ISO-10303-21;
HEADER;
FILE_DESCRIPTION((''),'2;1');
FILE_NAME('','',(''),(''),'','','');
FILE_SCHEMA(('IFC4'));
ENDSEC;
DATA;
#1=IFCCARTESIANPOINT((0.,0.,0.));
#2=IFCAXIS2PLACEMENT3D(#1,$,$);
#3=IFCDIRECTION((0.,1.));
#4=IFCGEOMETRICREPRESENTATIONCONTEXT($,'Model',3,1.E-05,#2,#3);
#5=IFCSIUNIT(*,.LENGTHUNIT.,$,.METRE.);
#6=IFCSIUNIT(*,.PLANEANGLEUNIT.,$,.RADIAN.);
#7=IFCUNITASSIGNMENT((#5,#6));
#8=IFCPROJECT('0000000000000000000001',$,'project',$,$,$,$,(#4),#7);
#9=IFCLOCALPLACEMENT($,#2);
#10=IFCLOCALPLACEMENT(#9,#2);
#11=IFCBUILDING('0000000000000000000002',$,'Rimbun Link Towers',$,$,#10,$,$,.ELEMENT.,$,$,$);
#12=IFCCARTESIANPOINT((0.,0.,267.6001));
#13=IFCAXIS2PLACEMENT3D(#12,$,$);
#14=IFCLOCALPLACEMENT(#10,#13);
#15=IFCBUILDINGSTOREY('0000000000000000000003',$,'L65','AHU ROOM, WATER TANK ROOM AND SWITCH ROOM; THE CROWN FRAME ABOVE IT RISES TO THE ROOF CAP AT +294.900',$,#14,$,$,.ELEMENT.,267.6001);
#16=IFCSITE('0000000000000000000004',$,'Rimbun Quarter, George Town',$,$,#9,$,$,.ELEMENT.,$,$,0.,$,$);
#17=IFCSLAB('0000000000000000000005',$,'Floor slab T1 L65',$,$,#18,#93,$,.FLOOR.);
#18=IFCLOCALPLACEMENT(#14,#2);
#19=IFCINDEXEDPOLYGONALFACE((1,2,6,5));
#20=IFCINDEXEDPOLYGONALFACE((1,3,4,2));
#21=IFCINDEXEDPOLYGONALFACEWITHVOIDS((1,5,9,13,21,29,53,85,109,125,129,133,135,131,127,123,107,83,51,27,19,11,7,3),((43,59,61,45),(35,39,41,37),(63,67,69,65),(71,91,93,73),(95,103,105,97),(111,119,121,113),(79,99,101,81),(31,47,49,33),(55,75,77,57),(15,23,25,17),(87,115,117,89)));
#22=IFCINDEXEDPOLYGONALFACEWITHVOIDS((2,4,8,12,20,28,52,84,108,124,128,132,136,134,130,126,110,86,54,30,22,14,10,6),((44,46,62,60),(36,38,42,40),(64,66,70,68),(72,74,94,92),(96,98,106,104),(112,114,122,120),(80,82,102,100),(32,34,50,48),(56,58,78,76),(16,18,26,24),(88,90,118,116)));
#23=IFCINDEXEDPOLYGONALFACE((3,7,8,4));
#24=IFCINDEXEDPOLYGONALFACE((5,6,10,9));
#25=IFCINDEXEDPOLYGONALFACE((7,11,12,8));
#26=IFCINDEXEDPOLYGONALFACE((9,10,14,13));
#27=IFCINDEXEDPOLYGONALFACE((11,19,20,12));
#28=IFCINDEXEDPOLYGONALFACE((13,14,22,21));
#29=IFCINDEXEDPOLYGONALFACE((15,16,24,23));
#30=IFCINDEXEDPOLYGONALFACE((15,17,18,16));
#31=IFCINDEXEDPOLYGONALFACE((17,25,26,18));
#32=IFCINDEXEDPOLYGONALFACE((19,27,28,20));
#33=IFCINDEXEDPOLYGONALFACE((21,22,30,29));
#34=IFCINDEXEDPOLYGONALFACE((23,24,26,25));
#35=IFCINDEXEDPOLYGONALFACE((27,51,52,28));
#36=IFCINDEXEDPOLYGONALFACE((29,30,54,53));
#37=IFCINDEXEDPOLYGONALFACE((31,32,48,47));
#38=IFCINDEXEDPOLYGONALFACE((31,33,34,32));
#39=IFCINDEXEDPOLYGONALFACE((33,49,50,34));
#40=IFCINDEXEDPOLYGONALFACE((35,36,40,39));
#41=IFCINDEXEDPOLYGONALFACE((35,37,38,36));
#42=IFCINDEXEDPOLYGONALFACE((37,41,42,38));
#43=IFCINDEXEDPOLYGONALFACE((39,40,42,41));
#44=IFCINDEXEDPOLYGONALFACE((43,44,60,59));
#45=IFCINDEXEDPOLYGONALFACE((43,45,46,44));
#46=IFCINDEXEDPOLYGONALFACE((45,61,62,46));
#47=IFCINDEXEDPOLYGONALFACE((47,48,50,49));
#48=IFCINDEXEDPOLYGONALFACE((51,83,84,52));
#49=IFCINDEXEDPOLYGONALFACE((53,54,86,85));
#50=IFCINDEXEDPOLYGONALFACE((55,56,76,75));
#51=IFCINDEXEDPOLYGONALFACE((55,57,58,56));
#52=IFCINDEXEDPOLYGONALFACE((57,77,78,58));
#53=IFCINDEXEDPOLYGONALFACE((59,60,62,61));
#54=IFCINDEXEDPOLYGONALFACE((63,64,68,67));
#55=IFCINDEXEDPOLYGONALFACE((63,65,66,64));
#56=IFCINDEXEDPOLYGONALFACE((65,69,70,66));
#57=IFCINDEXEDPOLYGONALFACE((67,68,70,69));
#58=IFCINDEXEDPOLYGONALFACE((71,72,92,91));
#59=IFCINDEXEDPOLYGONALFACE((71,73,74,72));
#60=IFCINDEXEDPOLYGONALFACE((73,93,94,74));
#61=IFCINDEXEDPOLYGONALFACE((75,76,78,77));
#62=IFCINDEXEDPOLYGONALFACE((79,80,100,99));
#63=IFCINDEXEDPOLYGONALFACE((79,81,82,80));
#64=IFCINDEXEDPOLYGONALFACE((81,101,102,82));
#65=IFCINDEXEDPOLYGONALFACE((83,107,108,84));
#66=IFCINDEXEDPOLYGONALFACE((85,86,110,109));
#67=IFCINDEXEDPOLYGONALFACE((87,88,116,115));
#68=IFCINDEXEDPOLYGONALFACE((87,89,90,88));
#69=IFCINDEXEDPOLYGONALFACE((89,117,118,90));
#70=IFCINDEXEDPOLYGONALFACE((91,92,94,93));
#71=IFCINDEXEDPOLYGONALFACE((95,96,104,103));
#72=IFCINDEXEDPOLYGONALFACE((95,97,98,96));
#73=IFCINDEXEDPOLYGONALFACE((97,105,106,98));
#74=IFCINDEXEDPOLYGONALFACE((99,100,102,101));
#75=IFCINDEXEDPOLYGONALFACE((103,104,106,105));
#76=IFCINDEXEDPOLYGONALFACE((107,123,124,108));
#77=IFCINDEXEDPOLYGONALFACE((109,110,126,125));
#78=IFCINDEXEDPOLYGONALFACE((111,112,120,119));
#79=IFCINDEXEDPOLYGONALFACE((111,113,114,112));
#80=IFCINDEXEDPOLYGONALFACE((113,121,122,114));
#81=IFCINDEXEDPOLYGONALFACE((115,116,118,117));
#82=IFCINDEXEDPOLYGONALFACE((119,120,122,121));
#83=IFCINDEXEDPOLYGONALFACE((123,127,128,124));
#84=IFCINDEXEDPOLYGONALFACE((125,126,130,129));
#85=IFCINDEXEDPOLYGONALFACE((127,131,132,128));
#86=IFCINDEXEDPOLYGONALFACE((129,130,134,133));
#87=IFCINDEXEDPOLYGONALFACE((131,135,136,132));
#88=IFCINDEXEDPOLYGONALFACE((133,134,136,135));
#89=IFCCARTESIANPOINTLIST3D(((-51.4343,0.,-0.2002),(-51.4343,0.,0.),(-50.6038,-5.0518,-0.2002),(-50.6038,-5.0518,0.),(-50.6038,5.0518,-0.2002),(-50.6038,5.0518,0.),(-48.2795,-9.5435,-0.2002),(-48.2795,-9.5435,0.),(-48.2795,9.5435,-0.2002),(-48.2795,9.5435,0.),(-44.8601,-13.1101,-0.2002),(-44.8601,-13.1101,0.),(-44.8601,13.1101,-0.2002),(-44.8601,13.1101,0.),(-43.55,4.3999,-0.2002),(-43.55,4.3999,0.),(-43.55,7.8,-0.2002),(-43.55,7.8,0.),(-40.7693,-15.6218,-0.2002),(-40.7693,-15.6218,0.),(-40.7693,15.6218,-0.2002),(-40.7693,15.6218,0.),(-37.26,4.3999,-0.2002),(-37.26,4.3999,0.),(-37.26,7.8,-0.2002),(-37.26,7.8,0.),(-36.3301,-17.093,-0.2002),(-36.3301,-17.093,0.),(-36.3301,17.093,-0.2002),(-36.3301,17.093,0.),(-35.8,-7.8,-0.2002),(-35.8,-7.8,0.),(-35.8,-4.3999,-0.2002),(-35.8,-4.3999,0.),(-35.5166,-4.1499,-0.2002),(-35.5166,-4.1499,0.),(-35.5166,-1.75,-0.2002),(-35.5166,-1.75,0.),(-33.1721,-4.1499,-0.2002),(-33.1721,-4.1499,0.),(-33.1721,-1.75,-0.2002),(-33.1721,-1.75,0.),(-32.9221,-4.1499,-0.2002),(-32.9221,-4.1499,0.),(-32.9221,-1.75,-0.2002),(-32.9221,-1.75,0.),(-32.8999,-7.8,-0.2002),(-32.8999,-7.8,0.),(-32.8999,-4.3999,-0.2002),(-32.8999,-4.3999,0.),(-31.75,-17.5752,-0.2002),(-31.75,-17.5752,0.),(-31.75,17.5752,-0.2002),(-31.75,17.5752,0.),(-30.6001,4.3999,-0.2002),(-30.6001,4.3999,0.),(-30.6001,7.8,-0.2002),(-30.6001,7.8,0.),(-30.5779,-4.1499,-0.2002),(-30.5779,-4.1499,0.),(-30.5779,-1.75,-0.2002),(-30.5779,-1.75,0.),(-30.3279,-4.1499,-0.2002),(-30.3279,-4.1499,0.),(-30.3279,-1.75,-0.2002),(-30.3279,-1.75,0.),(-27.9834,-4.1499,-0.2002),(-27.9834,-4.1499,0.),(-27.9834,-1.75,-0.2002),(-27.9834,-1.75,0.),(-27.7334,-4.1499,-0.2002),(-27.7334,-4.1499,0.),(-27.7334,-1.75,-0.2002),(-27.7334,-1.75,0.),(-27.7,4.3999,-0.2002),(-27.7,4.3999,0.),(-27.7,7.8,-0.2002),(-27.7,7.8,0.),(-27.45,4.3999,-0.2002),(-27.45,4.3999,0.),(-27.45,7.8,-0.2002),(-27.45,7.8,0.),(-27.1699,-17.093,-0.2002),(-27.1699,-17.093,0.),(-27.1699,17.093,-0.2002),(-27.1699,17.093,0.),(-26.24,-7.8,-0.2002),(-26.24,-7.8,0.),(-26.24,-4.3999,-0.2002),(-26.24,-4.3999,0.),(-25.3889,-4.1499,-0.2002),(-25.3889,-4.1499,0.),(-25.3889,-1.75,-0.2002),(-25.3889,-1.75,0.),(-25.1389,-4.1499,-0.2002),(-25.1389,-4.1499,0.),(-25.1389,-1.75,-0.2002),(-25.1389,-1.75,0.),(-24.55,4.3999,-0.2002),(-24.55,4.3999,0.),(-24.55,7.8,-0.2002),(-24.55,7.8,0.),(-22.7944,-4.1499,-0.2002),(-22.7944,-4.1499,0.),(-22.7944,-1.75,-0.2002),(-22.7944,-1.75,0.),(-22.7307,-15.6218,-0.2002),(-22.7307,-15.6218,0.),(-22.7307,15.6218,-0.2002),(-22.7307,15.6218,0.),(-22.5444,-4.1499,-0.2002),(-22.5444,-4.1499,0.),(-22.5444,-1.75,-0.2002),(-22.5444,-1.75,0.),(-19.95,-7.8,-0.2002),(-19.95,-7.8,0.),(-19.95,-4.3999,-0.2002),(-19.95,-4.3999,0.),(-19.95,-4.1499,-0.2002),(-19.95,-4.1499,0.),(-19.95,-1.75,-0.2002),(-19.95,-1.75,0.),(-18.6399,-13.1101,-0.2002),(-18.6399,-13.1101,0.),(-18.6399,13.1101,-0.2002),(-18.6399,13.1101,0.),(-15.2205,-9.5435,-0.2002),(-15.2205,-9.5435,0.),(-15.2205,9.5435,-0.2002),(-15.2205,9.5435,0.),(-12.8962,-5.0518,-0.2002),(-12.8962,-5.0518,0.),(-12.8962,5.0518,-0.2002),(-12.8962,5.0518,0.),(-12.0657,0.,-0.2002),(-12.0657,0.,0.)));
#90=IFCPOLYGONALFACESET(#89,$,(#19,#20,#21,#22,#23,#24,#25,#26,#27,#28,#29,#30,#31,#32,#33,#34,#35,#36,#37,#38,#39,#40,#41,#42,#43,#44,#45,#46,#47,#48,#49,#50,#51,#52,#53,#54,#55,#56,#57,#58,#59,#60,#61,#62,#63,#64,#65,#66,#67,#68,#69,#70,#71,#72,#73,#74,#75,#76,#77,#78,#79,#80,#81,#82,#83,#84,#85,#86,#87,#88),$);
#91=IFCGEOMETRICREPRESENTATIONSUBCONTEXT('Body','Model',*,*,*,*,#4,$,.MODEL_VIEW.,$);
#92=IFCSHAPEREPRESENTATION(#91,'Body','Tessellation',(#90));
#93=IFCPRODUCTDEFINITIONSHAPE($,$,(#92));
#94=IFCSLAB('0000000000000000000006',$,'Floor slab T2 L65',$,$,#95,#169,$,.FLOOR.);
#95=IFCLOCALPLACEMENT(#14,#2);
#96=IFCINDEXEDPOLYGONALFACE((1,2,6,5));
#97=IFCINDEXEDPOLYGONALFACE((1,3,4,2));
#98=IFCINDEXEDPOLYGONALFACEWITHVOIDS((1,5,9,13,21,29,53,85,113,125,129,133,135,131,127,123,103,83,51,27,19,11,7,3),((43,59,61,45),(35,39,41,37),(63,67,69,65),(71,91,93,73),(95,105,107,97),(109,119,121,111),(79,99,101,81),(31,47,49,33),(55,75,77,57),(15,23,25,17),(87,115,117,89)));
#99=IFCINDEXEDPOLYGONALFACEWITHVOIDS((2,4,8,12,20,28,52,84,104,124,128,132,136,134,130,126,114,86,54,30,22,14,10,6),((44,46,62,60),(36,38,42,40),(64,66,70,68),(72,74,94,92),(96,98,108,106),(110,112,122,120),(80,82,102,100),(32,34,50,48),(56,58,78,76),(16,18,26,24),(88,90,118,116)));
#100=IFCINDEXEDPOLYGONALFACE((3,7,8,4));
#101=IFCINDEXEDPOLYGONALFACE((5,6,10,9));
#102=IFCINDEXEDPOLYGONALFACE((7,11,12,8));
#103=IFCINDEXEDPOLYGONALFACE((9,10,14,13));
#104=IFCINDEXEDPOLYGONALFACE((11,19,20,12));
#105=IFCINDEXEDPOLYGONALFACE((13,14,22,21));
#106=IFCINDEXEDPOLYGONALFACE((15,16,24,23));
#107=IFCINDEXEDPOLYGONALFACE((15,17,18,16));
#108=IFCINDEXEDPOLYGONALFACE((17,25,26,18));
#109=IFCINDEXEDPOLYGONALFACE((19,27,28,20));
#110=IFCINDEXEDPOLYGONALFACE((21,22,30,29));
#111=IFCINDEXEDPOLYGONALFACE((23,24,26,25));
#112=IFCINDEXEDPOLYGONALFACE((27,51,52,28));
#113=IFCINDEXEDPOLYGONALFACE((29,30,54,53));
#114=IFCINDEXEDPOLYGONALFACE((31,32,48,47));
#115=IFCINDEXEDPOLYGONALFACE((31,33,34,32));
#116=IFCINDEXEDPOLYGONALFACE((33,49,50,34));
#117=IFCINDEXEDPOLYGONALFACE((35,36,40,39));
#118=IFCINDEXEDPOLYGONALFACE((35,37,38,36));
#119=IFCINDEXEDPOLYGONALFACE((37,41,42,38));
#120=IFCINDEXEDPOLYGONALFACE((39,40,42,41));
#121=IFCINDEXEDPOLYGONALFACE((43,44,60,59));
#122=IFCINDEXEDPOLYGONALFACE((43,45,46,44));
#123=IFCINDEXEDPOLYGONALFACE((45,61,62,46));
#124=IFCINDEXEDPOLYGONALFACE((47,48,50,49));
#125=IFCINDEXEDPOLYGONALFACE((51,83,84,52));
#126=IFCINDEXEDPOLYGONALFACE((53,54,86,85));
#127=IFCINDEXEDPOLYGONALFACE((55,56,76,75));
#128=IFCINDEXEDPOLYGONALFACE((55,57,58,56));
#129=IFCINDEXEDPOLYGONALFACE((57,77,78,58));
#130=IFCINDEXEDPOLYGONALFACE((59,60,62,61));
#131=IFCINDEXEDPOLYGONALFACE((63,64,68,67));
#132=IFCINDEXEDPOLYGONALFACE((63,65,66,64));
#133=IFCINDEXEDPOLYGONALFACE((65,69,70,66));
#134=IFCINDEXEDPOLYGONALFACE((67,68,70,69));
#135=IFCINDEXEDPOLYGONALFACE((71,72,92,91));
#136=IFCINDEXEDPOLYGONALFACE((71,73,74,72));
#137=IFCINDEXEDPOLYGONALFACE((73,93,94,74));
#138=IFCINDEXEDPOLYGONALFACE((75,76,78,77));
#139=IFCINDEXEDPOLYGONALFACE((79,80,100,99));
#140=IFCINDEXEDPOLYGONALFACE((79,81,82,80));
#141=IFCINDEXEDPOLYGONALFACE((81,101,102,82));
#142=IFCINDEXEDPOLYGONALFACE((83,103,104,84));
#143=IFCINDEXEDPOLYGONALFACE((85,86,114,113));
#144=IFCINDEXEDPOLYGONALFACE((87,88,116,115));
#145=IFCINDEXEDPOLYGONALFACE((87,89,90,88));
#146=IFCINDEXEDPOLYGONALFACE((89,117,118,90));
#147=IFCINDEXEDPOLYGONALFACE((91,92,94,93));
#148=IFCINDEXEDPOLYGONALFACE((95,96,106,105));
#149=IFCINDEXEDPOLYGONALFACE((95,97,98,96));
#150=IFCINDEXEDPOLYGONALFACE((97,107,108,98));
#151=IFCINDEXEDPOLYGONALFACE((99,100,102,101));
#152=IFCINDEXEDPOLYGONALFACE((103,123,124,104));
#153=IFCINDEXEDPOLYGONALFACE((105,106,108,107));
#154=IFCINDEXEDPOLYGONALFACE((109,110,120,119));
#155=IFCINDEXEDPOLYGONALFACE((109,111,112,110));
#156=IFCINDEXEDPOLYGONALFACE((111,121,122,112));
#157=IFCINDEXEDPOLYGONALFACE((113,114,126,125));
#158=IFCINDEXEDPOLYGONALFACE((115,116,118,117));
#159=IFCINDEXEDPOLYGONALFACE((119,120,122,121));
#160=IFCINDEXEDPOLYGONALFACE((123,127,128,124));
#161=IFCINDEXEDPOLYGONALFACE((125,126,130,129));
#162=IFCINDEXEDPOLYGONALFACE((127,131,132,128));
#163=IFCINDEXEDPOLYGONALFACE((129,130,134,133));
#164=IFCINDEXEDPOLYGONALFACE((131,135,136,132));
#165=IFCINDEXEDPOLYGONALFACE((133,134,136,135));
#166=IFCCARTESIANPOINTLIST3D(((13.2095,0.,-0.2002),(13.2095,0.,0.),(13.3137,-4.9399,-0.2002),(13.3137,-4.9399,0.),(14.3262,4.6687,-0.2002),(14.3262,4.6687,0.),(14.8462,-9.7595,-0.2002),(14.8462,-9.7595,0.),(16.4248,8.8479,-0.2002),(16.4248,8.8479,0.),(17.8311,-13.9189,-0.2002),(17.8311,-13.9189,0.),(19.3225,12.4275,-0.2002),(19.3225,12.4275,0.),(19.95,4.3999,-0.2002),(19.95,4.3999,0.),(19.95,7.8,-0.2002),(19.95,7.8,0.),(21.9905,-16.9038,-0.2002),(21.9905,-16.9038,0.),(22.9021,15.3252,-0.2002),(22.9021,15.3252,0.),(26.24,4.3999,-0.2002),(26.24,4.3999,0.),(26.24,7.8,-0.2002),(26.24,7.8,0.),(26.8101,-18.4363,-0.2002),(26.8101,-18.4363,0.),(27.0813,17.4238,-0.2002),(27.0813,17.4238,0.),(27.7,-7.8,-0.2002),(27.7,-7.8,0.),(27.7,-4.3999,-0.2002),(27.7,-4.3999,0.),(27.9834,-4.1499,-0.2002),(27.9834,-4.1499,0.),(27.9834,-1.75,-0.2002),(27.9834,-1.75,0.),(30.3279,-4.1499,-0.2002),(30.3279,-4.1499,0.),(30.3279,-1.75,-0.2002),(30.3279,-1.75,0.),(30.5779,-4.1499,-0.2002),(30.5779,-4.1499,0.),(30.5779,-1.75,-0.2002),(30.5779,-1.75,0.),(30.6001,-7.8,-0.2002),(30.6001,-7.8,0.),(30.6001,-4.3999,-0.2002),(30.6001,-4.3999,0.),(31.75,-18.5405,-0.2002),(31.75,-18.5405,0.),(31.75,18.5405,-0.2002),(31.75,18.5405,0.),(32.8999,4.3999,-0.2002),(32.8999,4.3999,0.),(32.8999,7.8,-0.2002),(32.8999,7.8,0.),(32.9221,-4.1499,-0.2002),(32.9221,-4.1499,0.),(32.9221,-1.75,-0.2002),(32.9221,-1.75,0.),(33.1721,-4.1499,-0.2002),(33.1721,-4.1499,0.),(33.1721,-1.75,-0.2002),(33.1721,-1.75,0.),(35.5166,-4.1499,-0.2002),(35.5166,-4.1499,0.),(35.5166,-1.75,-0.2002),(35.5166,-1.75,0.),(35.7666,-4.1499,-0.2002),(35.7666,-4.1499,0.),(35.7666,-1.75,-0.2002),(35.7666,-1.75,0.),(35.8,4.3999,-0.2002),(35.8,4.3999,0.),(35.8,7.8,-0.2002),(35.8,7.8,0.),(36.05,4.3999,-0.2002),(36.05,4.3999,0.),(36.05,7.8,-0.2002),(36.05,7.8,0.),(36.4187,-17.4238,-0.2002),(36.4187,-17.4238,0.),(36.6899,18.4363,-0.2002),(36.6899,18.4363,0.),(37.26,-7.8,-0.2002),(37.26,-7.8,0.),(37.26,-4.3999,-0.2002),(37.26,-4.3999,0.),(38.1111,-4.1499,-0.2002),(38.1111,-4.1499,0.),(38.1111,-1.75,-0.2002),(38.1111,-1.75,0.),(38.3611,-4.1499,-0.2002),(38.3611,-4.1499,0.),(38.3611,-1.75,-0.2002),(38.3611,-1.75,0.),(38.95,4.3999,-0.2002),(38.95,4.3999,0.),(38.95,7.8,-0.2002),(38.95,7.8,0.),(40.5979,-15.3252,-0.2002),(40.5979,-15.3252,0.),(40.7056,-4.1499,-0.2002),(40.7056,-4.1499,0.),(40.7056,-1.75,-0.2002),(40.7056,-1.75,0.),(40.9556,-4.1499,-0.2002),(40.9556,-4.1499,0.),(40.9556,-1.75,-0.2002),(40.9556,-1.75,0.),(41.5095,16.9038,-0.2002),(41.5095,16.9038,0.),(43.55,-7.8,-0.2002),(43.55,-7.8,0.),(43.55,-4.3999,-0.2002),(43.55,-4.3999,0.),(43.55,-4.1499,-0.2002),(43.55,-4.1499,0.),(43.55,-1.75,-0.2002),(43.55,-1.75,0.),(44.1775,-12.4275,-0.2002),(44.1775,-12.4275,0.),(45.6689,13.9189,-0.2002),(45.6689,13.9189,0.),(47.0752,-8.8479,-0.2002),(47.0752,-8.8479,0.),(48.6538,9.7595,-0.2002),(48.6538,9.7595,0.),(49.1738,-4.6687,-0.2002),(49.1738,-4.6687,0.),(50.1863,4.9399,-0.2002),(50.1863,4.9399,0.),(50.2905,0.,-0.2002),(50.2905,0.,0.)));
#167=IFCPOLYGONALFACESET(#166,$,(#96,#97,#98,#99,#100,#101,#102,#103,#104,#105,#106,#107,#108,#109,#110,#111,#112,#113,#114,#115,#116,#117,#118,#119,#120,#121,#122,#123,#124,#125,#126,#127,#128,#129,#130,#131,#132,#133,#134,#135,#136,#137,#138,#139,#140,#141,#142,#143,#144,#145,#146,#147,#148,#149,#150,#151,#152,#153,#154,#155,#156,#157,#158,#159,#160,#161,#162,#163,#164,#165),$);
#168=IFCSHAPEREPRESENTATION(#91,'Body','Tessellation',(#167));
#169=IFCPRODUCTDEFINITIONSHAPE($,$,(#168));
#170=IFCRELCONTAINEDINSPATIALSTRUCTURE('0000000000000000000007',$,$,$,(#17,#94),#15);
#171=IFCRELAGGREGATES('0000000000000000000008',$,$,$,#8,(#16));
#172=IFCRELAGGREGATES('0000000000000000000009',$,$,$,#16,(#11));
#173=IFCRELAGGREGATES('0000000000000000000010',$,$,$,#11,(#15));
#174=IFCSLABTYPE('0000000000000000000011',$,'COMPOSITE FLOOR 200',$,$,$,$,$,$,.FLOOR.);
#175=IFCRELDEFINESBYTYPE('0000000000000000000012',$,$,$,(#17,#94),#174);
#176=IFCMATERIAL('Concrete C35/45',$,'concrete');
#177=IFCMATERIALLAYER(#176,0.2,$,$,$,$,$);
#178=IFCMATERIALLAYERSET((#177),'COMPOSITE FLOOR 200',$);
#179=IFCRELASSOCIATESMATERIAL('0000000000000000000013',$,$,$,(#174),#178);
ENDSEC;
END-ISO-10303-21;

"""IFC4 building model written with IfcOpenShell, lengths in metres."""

from ifc_helpers import new_model, si_unit, direction, frame, origin, place, context, subcontext, project, spatial, polyline, outline, extrude, material, layer, layer_set, type_object, element, save


model = new_model("IFC4")

# Units and contexts
model_context = context("Model", 3, precision=1e-05, world=origin(), true_north=direction((0.0, 1.0)))
body_context = subcontext(model_context, "Body", "Model", "MODEL_VIEW")
ifc_project = project(units=[si_unit("LENGTHUNIT", "METRE"), si_unit("PLANEANGLEUNIT", "RADIAN")], contexts=[model_context])

# Site, building, storey
site_placement = place(None, origin())
site = spatial("IfcSite", under=ifc_project, at=site_placement, Name="Rimbun Quarter, George Town", CompositionType="ELEMENT", RefElevation=0.0)
building_placement = place(site_placement, origin())
building = spatial("IfcBuilding", under=site, at=building_placement, Name="Rimbun Link Towers", CompositionType="ELEMENT")
storey_placement = place(building_placement, frame((0.0, 0.0, 267.6001)))
storey = spatial("IfcBuildingStorey", under=building, at=storey_placement, Name="L65", Description="AHU ROOM, WATER TANK ROOM AND SWITCH ROOM; THE CROWN FRAME ABOVE IT RISES TO THE ROOF CAP AT +294.900", CompositionType="ELEMENT", Elevation=267.6001)

# Slabs
ifc_material_1 = material(Name="Concrete C35/45", Category="concrete")
ifc_layer_1 = layer(ifc_material_1, 0.2)
ifc_layer_set_1 = layer_set([ifc_layer_1], Name="COMPOSITE FLOOR 200")
slab_type = type_object("IfcSlabType", Name="COMPOSITE FLOOR 200", PredefinedType="FLOOR", material=ifc_layer_set_1)
slab_1_placement = place(storey_placement, frame((0.0, 0.0, -0.2002)))
element("IfcSlab", 1, at=slab_1_placement, inside=storey, type_object=slab_type, Name="Floor slab T1 L65", PredefinedType="FLOOR", context=body_context, shape_type="SweptSolid", body=[
    extrude(outline(polyline([(-12.8962, -5.0518), (-15.2205, -9.5435), (-18.6399, -13.1101), (-22.7307, -15.6218), (-27.1699, -17.093), (-31.75, -17.5752), (-36.3301, -17.093), (-40.7693, -15.6218), (-44.8601, -13.1101), (-48.2795, -9.5435), (-50.6038, -5.0518), (-51.4343, 0.0), (-50.6038, 5.0518), (-48.2795, 9.5435), (-44.8601, 13.1101), (-40.7693, 15.6218), (-36.3301, 17.093), (-31.75, 17.5752), (-27.1699, 17.093), (-22.7307, 15.6218), (-18.6399, 13.1101), (-15.2205, 9.5435), (-12.8962, 5.0518), (-12.0657, 0.0), (-12.8962, -5.0518)]), holes=[polyline([(-32.8999, -4.3999), (-35.8, -4.3999), (-35.8, -7.8), (-32.8999, -7.8), (-32.8999, -4.3999)]), polyline([(-33.1721, -1.75), (-35.5166, -1.75), (-35.5166, -4.1499), (-33.1721, -4.1499), (-33.1721, -1.75)]), polyline([(-30.5779, -1.75), (-32.9221, -1.75), (-32.9221, -4.1499), (-30.5779, -4.1499), (-30.5779, -1.75)]), polyline([(-27.9834, -4.1499), (-27.9834, -1.75), (-30.3279, -1.75), (-30.3279, -4.1499), (-27.9834, -4.1499)]), polyline([(-37.26, 4.3999), (-37.26, 7.8), (-43.55, 7.8), (-43.55, 4.3999), (-37.26, 4.3999)]), polyline([(-27.7, 7.8), (-30.6001, 7.8), (-30.6001, 4.3999), (-27.7, 4.3999), (-27.7, 7.8)]), polyline([(-19.95, -7.8), (-19.95, -4.3999), (-26.24, -4.3999), (-26.24, -7.8), (-19.95, -7.8)]), polyline([(-25.3889, -4.1499), (-25.3889, -1.75), (-27.7334, -1.75), (-27.7334, -4.1499), (-25.3889, -4.1499)]), polyline([(-22.7944, -1.75), (-25.1389, -1.75), (-25.1389, -4.1499), (-22.7944, -4.1499), (-22.7944, -1.75)]), polyline([(-19.95, -4.1499), (-19.95, -1.75), (-22.5444, -1.75), (-22.5444, -4.1499), (-19.95, -4.1499)]), polyline([(-24.55, 4.3999), (-24.55, 7.8), (-27.45, 7.8), (-27.45, 4.3999), (-24.55, 4.3999)])]), origin(), (0.0, 0.0, 1.0), 0.2002),
])
slab_2_placement = place(storey_placement, frame((0.0, 0.0, -0.2002)))
element("IfcSlab", 2, at=slab_2_placement, inside=storey, type_object=slab_type, Name="Floor slab T2 L65", PredefinedType="FLOOR", context=body_context, shape_type="SweptSolid", body=[
    extrude(outline(polyline([(48.6538, 9.7595), (50.1863, 4.9399), (50.2905, 0.0), (49.1738, -4.6687), (47.0752, -8.8479), (44.1775, -12.4275), (40.5979, -15.3252), (36.4187, -17.4238), (31.75, -18.5405), (26.8101, -18.4363), (21.9905, -16.9038), (17.8311, -13.9189), (14.8462, -9.7595), (13.3137, -4.9399), (13.2095, 0.0), (14.3262, 4.6687), (16.4248, 8.8479), (19.3225, 12.4275), (22.9021, 15.3252), (27.0813, 17.4238), (31.75, 18.5405), (36.6899, 18.4363), (41.5095, 16.9038), (45.6689, 13.9189), (48.6538, 9.7595)]), holes=[polyline([(30.6001, -4.3999), (27.7, -4.3999), (27.7, -7.8), (30.6001, -7.8), (30.6001, -4.3999)]), polyline([(30.3279, -1.75), (27.9834, -1.75), (27.9834, -4.1499), (30.3279, -4.1499), (30.3279, -1.75)]), polyline([(32.9221, -1.75), (30.5779, -1.75), (30.5779, -4.1499), (32.9221, -4.1499), (32.9221, -1.75)]), polyline([(35.5166, -4.1499), (35.5166, -1.75), (33.1721, -1.75), (33.1721, -4.1499), (35.5166, -4.1499)]), polyline([(26.24, 4.3999), (26.24, 7.8), (19.95, 7.8), (19.95, 4.3999), (26.24, 4.3999)]), polyline([(35.8, 7.8), (32.8999, 7.8), (32.8999, 4.3999), (35.8, 4.3999), (35.8, 7.8)]), polyline([(43.55, -7.8), (43.55, -4.3999), (37.26, -4.3999), (37.26, -7.8), (43.55, -7.8)]), polyline([(38.1111, -4.1499), (38.1111, -1.75), (35.7666, -1.75), (35.7666, -4.1499), (38.1111, -4.1499)]), polyline([(40.7056, -1.75), (38.3611, -1.75), (38.3611, -4.1499), (40.7056, -4.1499), (40.7056, -1.75)]), polyline([(43.55, -4.1499), (43.55, -1.75), (40.9556, -1.75), (40.9556, -4.1499), (43.55, -4.1499)]), polyline([(38.95, 4.3999), (38.95, 7.8), (36.05, 7.8), (36.05, 4.3999), (38.95, 4.3999)])]), origin(), (0.0, 0.0, 1.0), 0.2002),
])

save(model, "model.ifc")
